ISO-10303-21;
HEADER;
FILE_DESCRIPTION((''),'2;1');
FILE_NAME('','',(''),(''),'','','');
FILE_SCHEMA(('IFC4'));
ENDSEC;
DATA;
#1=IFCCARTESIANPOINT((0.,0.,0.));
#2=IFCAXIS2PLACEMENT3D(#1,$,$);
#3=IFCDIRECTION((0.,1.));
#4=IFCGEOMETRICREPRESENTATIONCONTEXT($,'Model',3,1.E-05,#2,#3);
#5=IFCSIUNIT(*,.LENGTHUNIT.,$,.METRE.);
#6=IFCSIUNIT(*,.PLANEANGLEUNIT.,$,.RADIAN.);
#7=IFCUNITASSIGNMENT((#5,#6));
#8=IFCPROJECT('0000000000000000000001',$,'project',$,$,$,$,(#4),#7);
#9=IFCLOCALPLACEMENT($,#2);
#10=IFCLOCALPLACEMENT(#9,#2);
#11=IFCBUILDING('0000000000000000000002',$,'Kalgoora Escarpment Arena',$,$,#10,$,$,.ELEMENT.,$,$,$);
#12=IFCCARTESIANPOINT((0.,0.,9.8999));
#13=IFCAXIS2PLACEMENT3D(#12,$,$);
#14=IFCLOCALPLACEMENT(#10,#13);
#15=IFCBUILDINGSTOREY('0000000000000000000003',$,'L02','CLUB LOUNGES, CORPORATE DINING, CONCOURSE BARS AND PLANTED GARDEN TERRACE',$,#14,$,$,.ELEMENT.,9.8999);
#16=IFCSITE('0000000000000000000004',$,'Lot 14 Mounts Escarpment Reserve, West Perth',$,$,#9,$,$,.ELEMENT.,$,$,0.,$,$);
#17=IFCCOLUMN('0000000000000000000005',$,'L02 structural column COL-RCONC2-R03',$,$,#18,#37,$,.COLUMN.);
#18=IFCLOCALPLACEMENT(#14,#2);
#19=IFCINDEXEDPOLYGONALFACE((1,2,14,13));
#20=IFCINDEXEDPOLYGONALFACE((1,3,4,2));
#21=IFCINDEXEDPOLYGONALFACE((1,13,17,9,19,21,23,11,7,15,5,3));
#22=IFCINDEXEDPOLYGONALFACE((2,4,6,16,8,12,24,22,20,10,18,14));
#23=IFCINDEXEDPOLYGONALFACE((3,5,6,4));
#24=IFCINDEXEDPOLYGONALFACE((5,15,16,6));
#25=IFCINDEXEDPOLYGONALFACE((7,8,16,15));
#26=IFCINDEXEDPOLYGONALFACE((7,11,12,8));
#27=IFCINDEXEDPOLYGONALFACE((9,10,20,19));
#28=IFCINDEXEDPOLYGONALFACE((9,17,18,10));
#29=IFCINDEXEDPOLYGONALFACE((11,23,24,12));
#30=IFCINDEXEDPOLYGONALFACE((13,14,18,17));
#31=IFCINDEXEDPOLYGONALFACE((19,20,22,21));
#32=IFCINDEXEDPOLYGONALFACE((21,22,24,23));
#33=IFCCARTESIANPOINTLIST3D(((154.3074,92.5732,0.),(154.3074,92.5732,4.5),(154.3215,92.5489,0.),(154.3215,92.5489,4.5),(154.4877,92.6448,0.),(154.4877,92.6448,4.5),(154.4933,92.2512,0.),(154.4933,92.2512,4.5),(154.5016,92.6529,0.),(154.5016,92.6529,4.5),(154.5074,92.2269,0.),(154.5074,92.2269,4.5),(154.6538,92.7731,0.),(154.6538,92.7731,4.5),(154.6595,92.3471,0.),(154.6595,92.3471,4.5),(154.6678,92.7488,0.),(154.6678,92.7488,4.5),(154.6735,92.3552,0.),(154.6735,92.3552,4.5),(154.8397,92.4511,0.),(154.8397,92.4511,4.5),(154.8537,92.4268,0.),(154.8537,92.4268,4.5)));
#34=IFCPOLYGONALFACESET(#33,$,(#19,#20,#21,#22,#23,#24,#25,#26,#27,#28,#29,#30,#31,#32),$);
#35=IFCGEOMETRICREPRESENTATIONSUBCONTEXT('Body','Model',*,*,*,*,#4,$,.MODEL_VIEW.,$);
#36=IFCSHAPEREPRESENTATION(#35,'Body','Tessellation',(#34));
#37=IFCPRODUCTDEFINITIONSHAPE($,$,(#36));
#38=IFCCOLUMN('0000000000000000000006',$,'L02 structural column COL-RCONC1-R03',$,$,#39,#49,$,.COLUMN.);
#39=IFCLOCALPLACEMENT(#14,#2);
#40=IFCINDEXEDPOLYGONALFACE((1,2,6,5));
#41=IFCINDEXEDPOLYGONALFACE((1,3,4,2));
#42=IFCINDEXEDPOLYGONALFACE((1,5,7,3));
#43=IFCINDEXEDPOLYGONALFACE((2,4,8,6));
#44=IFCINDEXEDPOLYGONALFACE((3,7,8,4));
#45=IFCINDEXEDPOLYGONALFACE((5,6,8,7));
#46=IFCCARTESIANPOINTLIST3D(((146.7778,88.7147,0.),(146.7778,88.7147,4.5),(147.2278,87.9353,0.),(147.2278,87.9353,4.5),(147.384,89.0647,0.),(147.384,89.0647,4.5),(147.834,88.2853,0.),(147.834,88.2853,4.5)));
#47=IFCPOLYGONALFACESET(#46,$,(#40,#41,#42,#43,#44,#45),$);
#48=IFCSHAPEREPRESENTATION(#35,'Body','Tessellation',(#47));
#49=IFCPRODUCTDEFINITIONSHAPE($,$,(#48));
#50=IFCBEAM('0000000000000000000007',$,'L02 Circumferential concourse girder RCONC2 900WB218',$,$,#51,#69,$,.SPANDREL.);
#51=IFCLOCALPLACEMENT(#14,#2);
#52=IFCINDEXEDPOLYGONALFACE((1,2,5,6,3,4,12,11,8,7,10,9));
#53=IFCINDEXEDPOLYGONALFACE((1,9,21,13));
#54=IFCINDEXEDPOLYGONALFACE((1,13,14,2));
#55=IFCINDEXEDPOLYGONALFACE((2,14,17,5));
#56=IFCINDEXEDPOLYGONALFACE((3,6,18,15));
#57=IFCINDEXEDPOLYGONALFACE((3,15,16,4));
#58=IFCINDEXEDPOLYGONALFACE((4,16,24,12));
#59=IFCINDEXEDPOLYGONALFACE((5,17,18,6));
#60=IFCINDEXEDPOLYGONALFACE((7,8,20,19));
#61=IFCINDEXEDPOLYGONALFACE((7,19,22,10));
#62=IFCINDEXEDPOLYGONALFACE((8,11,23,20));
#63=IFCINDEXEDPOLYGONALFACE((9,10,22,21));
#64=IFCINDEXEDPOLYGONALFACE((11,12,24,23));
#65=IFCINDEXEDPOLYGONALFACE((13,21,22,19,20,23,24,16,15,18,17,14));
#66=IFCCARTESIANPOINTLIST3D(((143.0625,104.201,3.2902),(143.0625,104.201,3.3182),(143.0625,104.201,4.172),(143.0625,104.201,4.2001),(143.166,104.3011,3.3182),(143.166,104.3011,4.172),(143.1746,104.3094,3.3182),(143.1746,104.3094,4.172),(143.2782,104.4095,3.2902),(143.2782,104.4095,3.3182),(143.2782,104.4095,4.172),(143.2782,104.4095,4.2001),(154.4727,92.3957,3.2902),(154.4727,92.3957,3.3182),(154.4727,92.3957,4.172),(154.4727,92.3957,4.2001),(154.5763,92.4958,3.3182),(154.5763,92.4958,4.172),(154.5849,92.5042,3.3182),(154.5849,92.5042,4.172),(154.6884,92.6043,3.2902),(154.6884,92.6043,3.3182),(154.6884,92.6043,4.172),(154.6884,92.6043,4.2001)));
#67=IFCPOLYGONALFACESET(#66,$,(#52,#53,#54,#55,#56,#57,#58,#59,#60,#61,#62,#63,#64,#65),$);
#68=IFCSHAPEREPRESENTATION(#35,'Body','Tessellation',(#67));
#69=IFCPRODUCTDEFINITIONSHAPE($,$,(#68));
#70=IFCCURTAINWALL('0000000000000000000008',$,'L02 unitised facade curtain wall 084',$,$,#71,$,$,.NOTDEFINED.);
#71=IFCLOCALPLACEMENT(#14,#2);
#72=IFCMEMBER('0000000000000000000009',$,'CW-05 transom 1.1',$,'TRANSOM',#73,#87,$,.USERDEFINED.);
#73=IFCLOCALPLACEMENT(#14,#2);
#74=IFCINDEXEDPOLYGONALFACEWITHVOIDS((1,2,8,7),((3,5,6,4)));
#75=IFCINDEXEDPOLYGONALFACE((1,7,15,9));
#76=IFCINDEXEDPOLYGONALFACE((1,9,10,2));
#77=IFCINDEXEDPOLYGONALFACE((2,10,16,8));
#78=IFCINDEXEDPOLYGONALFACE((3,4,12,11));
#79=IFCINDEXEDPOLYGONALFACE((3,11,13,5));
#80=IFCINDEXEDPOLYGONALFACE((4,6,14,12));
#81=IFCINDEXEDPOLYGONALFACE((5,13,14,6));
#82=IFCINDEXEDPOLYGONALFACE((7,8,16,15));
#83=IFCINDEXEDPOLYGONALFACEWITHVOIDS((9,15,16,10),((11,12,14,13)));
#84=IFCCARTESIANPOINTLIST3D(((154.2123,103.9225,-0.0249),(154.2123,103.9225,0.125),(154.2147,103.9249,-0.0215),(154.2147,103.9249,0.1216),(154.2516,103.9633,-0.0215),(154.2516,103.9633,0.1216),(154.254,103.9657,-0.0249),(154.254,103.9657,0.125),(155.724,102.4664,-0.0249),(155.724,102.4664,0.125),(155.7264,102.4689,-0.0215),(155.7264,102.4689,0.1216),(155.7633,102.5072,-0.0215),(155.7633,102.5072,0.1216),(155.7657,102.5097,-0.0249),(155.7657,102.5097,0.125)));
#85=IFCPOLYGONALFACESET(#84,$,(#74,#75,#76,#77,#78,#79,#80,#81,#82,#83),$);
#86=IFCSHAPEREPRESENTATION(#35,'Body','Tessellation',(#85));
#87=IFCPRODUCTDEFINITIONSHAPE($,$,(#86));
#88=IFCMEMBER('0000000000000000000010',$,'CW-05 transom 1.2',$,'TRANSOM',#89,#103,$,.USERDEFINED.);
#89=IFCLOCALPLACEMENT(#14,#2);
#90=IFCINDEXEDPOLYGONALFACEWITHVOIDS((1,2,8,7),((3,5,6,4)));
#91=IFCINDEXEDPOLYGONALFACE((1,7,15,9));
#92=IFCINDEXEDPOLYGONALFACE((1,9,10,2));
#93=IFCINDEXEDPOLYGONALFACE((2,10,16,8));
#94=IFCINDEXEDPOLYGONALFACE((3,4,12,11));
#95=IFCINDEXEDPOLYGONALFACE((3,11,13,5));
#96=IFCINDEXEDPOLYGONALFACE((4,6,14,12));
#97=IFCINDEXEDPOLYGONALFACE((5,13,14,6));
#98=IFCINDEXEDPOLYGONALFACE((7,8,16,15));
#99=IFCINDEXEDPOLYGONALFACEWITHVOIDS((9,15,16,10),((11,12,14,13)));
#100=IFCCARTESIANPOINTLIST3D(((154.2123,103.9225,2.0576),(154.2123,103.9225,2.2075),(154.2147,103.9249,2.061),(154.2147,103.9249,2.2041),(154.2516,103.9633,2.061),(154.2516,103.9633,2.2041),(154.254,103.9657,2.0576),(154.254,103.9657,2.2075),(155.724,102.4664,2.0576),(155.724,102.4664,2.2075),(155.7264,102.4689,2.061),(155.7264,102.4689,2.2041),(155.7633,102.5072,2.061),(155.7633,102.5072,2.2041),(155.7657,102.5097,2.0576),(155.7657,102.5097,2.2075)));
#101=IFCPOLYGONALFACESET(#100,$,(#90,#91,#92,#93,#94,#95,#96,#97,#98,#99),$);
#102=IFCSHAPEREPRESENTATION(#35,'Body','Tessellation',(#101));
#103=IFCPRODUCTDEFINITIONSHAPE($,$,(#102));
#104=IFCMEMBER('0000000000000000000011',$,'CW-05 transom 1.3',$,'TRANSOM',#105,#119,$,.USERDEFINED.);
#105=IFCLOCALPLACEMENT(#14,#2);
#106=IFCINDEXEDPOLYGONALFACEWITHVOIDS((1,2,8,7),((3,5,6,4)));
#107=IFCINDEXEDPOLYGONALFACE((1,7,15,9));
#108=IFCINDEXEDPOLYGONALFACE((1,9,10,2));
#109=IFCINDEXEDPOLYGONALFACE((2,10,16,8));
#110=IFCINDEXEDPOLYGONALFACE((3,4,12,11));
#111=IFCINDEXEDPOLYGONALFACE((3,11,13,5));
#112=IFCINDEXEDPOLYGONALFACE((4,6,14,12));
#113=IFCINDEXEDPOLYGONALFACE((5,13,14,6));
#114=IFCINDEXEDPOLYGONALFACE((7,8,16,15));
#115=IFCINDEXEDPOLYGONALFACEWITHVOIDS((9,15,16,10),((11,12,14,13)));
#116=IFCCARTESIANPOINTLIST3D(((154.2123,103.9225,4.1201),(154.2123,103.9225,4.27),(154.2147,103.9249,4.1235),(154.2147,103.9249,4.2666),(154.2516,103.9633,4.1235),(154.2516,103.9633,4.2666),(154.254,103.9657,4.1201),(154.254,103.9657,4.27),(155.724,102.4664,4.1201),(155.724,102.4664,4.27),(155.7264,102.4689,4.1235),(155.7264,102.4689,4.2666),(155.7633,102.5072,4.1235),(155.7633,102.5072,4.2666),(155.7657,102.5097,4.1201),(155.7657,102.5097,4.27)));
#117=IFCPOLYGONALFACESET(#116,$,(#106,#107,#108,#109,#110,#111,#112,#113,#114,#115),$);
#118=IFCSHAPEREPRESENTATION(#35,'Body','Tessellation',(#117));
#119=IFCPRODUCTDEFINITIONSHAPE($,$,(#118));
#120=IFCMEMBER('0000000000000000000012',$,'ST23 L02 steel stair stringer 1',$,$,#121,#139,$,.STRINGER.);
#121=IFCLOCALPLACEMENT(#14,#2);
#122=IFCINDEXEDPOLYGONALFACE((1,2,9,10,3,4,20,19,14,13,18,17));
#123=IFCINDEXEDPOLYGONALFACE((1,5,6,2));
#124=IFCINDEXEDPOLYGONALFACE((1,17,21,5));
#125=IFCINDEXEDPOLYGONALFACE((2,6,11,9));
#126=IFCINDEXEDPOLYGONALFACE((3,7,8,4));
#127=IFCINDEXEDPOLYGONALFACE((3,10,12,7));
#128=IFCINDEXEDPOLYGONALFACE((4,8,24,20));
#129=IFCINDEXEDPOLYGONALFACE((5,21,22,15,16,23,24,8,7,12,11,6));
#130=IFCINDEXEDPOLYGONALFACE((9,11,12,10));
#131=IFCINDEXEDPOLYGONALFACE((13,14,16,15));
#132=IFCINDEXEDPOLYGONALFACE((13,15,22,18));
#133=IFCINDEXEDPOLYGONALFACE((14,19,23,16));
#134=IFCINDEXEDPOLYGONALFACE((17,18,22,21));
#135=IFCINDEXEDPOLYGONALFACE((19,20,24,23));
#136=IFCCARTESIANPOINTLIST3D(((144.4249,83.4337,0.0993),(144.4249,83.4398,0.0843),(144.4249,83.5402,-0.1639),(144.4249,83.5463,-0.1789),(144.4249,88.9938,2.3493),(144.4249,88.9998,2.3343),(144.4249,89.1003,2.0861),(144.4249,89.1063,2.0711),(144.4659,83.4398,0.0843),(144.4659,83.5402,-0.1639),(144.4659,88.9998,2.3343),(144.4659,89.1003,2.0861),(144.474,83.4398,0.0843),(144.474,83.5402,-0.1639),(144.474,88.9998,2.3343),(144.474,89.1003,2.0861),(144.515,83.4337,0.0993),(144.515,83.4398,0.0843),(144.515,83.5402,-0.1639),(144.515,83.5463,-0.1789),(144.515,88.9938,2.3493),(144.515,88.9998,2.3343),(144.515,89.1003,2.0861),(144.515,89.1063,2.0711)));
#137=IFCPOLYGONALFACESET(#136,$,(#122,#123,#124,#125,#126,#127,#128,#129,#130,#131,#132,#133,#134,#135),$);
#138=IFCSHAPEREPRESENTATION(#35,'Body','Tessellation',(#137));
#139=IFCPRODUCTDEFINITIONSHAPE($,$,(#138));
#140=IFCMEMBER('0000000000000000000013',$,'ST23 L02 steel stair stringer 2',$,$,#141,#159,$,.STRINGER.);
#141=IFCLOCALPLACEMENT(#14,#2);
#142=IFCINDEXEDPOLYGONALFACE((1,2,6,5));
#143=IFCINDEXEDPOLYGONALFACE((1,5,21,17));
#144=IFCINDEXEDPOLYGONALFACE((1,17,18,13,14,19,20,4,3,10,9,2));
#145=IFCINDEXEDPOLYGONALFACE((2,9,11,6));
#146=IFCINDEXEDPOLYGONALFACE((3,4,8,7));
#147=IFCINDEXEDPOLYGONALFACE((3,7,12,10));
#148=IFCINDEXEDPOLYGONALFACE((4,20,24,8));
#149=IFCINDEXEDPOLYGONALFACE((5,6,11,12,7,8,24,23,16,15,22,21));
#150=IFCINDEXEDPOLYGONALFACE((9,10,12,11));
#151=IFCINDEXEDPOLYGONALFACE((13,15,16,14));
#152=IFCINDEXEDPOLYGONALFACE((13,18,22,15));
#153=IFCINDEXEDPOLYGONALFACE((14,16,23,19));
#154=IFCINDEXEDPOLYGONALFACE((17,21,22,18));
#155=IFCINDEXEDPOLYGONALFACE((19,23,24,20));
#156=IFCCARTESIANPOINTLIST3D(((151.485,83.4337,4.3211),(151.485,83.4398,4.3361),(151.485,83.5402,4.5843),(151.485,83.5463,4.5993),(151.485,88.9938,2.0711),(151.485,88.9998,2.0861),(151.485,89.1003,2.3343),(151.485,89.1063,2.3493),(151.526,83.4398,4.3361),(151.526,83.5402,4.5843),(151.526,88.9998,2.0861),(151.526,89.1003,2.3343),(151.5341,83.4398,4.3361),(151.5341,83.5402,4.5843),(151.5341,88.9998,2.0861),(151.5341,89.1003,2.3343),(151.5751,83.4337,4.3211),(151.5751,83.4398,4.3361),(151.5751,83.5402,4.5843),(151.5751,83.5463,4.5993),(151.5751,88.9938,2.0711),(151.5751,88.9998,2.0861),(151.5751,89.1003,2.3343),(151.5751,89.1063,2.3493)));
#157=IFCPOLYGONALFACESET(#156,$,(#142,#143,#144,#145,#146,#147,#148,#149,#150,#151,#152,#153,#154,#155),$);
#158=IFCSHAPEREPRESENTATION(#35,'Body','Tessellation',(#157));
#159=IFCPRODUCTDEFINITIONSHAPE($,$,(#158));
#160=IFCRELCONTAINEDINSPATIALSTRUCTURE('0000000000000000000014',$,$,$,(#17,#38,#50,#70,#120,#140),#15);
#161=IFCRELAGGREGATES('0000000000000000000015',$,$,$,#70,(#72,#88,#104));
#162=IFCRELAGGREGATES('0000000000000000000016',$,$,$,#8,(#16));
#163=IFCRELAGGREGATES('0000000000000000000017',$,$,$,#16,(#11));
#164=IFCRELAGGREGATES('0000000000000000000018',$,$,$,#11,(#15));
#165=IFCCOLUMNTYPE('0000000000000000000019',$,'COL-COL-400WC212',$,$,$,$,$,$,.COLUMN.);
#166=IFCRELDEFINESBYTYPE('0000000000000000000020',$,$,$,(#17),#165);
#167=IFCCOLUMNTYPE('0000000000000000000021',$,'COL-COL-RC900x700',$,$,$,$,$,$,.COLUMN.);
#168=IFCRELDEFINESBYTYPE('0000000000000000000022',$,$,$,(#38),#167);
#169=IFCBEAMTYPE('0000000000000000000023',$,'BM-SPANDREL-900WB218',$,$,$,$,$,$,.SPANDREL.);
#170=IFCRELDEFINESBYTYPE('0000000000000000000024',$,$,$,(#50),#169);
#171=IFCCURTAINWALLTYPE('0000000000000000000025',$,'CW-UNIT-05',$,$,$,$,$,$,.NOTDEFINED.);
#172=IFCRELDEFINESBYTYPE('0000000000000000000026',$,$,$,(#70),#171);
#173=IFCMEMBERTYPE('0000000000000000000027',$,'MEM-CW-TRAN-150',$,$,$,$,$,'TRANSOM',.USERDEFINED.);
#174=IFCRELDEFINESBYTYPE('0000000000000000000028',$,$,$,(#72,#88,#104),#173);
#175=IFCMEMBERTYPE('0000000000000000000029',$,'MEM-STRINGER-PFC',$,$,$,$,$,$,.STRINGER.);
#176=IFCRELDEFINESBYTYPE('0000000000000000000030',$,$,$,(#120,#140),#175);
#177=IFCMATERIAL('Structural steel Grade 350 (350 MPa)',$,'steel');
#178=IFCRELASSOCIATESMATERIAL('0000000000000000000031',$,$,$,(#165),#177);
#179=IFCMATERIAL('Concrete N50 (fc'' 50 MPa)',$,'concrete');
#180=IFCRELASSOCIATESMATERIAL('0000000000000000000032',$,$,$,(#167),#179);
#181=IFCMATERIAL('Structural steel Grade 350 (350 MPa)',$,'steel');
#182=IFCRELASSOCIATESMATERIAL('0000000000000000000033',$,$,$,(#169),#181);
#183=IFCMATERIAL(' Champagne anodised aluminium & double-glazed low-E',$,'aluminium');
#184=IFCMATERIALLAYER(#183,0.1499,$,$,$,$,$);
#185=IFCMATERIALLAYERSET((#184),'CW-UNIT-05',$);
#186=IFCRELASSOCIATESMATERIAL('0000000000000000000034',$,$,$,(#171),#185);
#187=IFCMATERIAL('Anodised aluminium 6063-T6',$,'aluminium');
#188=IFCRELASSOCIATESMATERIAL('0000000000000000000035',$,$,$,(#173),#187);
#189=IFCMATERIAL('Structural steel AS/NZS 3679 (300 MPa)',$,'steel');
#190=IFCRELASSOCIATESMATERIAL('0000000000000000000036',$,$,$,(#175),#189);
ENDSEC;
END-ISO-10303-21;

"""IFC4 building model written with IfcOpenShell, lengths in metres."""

from ifc_helpers import new_model, si_unit, direction, frame, origin, origin_2d, place, context, subcontext, project, spatial, rectangle, hollow_rectangle, i_section, extrude, material, layer, layer_set, material_profile, profile_set, type_object, element, aggregate, save


model = new_model("IFC4")

# Units and contexts
model_context = context("Model", 3, precision=1e-05, world=origin(), true_north=direction((0.0, 1.0)))
body_context = subcontext(model_context, "Body", "Model", "MODEL_VIEW")
ifc_project = project(units=[si_unit("LENGTHUNIT", "METRE"), si_unit("PLANEANGLEUNIT", "RADIAN")], contexts=[model_context])

# Site, building, storey
site_placement = place(None, origin())
site = spatial("IfcSite", under=ifc_project, at=site_placement, Name="Lot 14 Mounts Escarpment Reserve, West Perth", CompositionType="ELEMENT", RefElevation=0.0)
building_placement = place(site_placement, origin())
building = spatial("IfcBuilding", under=site, at=building_placement, Name="Kalgoora Escarpment Arena", CompositionType="ELEMENT")
storey_placement = place(building_placement, frame((0.0, 0.0, 9.8999)))
storey = spatial("IfcBuildingStorey", under=building, at=storey_placement, Name="L02", Description="CLUB LOUNGES, CORPORATE DINING, CONCOURSE BARS AND PLANTED GARDEN TERRACE", CompositionType="ELEMENT", Elevation=9.8999)

# Columns
ifc_material_1 = material(Name="Structural steel Grade 350 (350 MPa)", Category="steel")
ifc_material_profile_1 = material_profile(ifc_material_1, i_section(OverallWidth=0.3999, OverallDepth=0.3999, WebThickness=0.0161, FlangeThickness=0.0281, at=origin_2d()))
ifc_profile_set_1 = profile_set([ifc_material_profile_1], Name="Structural steel Grade 350 (350 MPa)")
column_type_1 = type_object("IfcColumnType", Name="COL-COL-400WC212", PredefinedType="COLUMN", material=ifc_profile_set_1)
column_1_placement = place(storey_placement, frame((154.5806, 92.5, 0.0), z_axis=(0.0, 0.0, 1.0), x_axis=(0.866025, 0.5, 0.0)))
element("IfcColumn", 1, at=column_1_placement, inside=storey, type_object=column_type_1, Name="L02 structural column COL-RCONC2-R03", PredefinedType="COLUMN", context=body_context, shape_type="SweptSolid", body=[
    extrude(i_section(OverallWidth=0.3999, OverallDepth=0.3999, WebThickness=0.0161, FlangeThickness=0.0281, at=origin_2d()), origin(), (0.0, 0.0, 1.0), 4.5),
])
ifc_material_2 = material(Name="Concrete N50 (fc' 50 MPa)", Category="concrete")
ifc_material_profile_2 = material_profile(ifc_material_2, rectangle(XDim=0.7, YDim=0.8999, at=origin_2d()))
ifc_profile_set_2 = profile_set([ifc_material_profile_2], Name="Concrete N50 (fc' 50 MPa)")
column_type_2 = type_object("IfcColumnType", Name="COL-COL-RC900x700", PredefinedType="COLUMN", material=ifc_profile_set_2)
column_2_placement = place(storey_placement, frame((147.3059, 88.5, 0.0), z_axis=(0.0, 0.0, 1.0), x_axis=(0.866025, 0.5, 0.0)))
element("IfcColumn", 2, at=column_2_placement, inside=storey, type_object=column_type_2, Name="L02 structural column COL-RCONC1-R03", PredefinedType="COLUMN", context=body_context, shape_type="SweptSolid", body=[
    extrude(rectangle(XDim=0.7, YDim=0.8999, at=origin_2d()), origin(), (0.0, 0.0, 1.0), 4.5),
])

# Beam
ifc_material_3 = material(Name="Structural steel Grade 350 (350 MPa)", Category="steel")
ifc_material_profile_3 = material_profile(ifc_material_3, i_section(OverallWidth=0.3, OverallDepth=0.9099, WebThickness=0.012, FlangeThickness=0.0281, at=origin_2d()))
ifc_profile_set_3 = profile_set([ifc_material_profile_3], Name="Structural steel Grade 350 (350 MPa)")
beam_type = type_object("IfcBeamType", Name="BM-SPANDREL-900WB218", PredefinedType="SPANDREL", material=ifc_profile_set_3)
beam_placement = place(storey_placement, frame((154.5806, 92.5, 3.7451), z_axis=(-0.694974, 0.719034, 0.0), x_axis=(-0.719034, -0.694974, 0.0)))
element("IfcBeam", 3, at=beam_placement, inside=storey, type_object=beam_type, Name="L02 Circumferential concourse girder RCONC2 900WB218", PredefinedType="SPANDREL", context=body_context, shape_type="SweptSolid", body=[
    extrude(i_section(OverallWidth=0.3, OverallDepth=0.9099, WebThickness=0.012, FlangeThickness=0.0281, at=origin_2d()), origin(), (0.0, 0.0, 1.0), 16.4182),
])

# Curtain wall, members
ifc_material_4 = material(Name=" Champagne anodised aluminium & double-glazed low-E", Category="aluminium")
ifc_layer_1 = layer(ifc_material_4, 0.1499)
ifc_layer_set_1 = layer_set([ifc_layer_1], Name="CW-UNIT-05")
curtain_wall_type = type_object("IfcCurtainWallType", Name="CW-UNIT-05", PredefinedType="NOTDEFINED", material=ifc_layer_set_1)
curtain_wall_placement = place(storey_placement, origin())
curtain_wall = element("IfcCurtainWall", 4, at=curtain_wall_placement, inside=storey, type_object=curtain_wall_type, Name="L02 unitised facade curtain wall 084", PredefinedType="NOTDEFINED")
ifc_material_5 = material(Name="Anodised aluminium 6063-T6", Category="aluminium")
ifc_material_profile_4 = material_profile(ifc_material_5, hollow_rectangle(XDim=0.0601, YDim=0.1499, WallThickness=0.0034, at=origin_2d()))
ifc_profile_set_4 = profile_set([ifc_material_profile_4], Name="Anodised aluminium 6063-T6")
member_type_1 = type_object("IfcMemberType", Name="MEM-CW-TRAN-150", ElementType="TRANSOM", PredefinedType="USERDEFINED", material=ifc_profile_set_4)
member_1_placement = place(storey_placement, frame((154.2332, 103.9441, 0.05), z_axis=(0.720243, -0.693722, 0.0), x_axis=(0.693722, 0.720243, 0.0)))
member_1 = element("IfcMember", 5, at=member_1_placement, type_object=member_type_1, Name="CW-05 transom 1.1", ObjectType="TRANSOM", PredefinedType="USERDEFINED", context=body_context, shape_type="SweptSolid", body=[
    extrude(hollow_rectangle(XDim=0.0601, YDim=0.1499, WallThickness=0.0034, at=origin_2d()), origin(), (0.0, 0.0, 1.0), 2.0989),
])
member_2_placement = place(storey_placement, frame((154.2332, 103.9441, 2.1326), z_axis=(0.720243, -0.693722, 0.0), x_axis=(0.693722, 0.720243, 0.0)))
member_2 = element("IfcMember", 6, at=member_2_placement, type_object=member_type_1, Name="CW-05 transom 1.2", ObjectType="TRANSOM", PredefinedType="USERDEFINED", context=body_context, shape_type="SweptSolid", body=[
    extrude(hollow_rectangle(XDim=0.0601, YDim=0.1499, WallThickness=0.0034, at=origin_2d()), origin(), (0.0, 0.0, 1.0), 2.0989),
])
member_3_placement = place(storey_placement, frame((154.2332, 103.9441, 4.1951), z_axis=(0.720243, -0.693722, 0.0), x_axis=(0.693722, 0.720243, 0.0)))
member_3 = element("IfcMember", 7, at=member_3_placement, type_object=member_type_1, Name="CW-05 transom 1.3", ObjectType="TRANSOM", PredefinedType="USERDEFINED", context=body_context, shape_type="SweptSolid", body=[
    extrude(hollow_rectangle(XDim=0.0601, YDim=0.1499, WallThickness=0.0034, at=origin_2d()), origin(), (0.0, 0.0, 1.0), 2.0989),
])
aggregate(curtain_wall, [member_1, member_2, member_3])

# Members
ifc_material_6 = material(Name="Structural steel AS/NZS 3679 (300 MPa)", Category="steel")
ifc_material_profile_5 = material_profile(ifc_material_6, i_section(OverallWidth=0.0901, OverallDepth=0.3, WebThickness=0.0081, FlangeThickness=0.0161, at=origin_2d()))
ifc_profile_set_5 = profile_set([ifc_material_profile_5], Name="Structural steel AS/NZS 3679 (300 MPa)")
member_type_2 = type_object("IfcMemberType", Name="MEM-STRINGER-PFC", PredefinedType="STRINGER", material=ifc_profile_set_5)
for number, where, z_axis, x_axis, name in (
    (8, (144.47, 83.49, -0.0398), (0.0, 0.926976, 0.375121), (-1.0, 0.0, 0.0), "ST23 L02 steel stair stringer 1"),
    (9, (151.53, 89.05, 2.2102), (0.0, -0.926976, 0.375121), (1.0, 0.0, 0.0), "ST23 L02 steel stair stringer 2"),
):
    element("IfcMember", number, at=place(storey_placement, frame(where, z_axis=z_axis, x_axis=x_axis)), inside=storey, type_object=member_type_2, Name=name, PredefinedType="STRINGER", context=body_context, shape_type="SweptSolid", body=[
        extrude(i_section(OverallWidth=0.0901, OverallDepth=0.3, WebThickness=0.0081, FlangeThickness=0.0161, at=origin_2d()), origin(), (0.0, 0.0, 1.0), 5.998),
    ])

save(model, "model.ifc")
